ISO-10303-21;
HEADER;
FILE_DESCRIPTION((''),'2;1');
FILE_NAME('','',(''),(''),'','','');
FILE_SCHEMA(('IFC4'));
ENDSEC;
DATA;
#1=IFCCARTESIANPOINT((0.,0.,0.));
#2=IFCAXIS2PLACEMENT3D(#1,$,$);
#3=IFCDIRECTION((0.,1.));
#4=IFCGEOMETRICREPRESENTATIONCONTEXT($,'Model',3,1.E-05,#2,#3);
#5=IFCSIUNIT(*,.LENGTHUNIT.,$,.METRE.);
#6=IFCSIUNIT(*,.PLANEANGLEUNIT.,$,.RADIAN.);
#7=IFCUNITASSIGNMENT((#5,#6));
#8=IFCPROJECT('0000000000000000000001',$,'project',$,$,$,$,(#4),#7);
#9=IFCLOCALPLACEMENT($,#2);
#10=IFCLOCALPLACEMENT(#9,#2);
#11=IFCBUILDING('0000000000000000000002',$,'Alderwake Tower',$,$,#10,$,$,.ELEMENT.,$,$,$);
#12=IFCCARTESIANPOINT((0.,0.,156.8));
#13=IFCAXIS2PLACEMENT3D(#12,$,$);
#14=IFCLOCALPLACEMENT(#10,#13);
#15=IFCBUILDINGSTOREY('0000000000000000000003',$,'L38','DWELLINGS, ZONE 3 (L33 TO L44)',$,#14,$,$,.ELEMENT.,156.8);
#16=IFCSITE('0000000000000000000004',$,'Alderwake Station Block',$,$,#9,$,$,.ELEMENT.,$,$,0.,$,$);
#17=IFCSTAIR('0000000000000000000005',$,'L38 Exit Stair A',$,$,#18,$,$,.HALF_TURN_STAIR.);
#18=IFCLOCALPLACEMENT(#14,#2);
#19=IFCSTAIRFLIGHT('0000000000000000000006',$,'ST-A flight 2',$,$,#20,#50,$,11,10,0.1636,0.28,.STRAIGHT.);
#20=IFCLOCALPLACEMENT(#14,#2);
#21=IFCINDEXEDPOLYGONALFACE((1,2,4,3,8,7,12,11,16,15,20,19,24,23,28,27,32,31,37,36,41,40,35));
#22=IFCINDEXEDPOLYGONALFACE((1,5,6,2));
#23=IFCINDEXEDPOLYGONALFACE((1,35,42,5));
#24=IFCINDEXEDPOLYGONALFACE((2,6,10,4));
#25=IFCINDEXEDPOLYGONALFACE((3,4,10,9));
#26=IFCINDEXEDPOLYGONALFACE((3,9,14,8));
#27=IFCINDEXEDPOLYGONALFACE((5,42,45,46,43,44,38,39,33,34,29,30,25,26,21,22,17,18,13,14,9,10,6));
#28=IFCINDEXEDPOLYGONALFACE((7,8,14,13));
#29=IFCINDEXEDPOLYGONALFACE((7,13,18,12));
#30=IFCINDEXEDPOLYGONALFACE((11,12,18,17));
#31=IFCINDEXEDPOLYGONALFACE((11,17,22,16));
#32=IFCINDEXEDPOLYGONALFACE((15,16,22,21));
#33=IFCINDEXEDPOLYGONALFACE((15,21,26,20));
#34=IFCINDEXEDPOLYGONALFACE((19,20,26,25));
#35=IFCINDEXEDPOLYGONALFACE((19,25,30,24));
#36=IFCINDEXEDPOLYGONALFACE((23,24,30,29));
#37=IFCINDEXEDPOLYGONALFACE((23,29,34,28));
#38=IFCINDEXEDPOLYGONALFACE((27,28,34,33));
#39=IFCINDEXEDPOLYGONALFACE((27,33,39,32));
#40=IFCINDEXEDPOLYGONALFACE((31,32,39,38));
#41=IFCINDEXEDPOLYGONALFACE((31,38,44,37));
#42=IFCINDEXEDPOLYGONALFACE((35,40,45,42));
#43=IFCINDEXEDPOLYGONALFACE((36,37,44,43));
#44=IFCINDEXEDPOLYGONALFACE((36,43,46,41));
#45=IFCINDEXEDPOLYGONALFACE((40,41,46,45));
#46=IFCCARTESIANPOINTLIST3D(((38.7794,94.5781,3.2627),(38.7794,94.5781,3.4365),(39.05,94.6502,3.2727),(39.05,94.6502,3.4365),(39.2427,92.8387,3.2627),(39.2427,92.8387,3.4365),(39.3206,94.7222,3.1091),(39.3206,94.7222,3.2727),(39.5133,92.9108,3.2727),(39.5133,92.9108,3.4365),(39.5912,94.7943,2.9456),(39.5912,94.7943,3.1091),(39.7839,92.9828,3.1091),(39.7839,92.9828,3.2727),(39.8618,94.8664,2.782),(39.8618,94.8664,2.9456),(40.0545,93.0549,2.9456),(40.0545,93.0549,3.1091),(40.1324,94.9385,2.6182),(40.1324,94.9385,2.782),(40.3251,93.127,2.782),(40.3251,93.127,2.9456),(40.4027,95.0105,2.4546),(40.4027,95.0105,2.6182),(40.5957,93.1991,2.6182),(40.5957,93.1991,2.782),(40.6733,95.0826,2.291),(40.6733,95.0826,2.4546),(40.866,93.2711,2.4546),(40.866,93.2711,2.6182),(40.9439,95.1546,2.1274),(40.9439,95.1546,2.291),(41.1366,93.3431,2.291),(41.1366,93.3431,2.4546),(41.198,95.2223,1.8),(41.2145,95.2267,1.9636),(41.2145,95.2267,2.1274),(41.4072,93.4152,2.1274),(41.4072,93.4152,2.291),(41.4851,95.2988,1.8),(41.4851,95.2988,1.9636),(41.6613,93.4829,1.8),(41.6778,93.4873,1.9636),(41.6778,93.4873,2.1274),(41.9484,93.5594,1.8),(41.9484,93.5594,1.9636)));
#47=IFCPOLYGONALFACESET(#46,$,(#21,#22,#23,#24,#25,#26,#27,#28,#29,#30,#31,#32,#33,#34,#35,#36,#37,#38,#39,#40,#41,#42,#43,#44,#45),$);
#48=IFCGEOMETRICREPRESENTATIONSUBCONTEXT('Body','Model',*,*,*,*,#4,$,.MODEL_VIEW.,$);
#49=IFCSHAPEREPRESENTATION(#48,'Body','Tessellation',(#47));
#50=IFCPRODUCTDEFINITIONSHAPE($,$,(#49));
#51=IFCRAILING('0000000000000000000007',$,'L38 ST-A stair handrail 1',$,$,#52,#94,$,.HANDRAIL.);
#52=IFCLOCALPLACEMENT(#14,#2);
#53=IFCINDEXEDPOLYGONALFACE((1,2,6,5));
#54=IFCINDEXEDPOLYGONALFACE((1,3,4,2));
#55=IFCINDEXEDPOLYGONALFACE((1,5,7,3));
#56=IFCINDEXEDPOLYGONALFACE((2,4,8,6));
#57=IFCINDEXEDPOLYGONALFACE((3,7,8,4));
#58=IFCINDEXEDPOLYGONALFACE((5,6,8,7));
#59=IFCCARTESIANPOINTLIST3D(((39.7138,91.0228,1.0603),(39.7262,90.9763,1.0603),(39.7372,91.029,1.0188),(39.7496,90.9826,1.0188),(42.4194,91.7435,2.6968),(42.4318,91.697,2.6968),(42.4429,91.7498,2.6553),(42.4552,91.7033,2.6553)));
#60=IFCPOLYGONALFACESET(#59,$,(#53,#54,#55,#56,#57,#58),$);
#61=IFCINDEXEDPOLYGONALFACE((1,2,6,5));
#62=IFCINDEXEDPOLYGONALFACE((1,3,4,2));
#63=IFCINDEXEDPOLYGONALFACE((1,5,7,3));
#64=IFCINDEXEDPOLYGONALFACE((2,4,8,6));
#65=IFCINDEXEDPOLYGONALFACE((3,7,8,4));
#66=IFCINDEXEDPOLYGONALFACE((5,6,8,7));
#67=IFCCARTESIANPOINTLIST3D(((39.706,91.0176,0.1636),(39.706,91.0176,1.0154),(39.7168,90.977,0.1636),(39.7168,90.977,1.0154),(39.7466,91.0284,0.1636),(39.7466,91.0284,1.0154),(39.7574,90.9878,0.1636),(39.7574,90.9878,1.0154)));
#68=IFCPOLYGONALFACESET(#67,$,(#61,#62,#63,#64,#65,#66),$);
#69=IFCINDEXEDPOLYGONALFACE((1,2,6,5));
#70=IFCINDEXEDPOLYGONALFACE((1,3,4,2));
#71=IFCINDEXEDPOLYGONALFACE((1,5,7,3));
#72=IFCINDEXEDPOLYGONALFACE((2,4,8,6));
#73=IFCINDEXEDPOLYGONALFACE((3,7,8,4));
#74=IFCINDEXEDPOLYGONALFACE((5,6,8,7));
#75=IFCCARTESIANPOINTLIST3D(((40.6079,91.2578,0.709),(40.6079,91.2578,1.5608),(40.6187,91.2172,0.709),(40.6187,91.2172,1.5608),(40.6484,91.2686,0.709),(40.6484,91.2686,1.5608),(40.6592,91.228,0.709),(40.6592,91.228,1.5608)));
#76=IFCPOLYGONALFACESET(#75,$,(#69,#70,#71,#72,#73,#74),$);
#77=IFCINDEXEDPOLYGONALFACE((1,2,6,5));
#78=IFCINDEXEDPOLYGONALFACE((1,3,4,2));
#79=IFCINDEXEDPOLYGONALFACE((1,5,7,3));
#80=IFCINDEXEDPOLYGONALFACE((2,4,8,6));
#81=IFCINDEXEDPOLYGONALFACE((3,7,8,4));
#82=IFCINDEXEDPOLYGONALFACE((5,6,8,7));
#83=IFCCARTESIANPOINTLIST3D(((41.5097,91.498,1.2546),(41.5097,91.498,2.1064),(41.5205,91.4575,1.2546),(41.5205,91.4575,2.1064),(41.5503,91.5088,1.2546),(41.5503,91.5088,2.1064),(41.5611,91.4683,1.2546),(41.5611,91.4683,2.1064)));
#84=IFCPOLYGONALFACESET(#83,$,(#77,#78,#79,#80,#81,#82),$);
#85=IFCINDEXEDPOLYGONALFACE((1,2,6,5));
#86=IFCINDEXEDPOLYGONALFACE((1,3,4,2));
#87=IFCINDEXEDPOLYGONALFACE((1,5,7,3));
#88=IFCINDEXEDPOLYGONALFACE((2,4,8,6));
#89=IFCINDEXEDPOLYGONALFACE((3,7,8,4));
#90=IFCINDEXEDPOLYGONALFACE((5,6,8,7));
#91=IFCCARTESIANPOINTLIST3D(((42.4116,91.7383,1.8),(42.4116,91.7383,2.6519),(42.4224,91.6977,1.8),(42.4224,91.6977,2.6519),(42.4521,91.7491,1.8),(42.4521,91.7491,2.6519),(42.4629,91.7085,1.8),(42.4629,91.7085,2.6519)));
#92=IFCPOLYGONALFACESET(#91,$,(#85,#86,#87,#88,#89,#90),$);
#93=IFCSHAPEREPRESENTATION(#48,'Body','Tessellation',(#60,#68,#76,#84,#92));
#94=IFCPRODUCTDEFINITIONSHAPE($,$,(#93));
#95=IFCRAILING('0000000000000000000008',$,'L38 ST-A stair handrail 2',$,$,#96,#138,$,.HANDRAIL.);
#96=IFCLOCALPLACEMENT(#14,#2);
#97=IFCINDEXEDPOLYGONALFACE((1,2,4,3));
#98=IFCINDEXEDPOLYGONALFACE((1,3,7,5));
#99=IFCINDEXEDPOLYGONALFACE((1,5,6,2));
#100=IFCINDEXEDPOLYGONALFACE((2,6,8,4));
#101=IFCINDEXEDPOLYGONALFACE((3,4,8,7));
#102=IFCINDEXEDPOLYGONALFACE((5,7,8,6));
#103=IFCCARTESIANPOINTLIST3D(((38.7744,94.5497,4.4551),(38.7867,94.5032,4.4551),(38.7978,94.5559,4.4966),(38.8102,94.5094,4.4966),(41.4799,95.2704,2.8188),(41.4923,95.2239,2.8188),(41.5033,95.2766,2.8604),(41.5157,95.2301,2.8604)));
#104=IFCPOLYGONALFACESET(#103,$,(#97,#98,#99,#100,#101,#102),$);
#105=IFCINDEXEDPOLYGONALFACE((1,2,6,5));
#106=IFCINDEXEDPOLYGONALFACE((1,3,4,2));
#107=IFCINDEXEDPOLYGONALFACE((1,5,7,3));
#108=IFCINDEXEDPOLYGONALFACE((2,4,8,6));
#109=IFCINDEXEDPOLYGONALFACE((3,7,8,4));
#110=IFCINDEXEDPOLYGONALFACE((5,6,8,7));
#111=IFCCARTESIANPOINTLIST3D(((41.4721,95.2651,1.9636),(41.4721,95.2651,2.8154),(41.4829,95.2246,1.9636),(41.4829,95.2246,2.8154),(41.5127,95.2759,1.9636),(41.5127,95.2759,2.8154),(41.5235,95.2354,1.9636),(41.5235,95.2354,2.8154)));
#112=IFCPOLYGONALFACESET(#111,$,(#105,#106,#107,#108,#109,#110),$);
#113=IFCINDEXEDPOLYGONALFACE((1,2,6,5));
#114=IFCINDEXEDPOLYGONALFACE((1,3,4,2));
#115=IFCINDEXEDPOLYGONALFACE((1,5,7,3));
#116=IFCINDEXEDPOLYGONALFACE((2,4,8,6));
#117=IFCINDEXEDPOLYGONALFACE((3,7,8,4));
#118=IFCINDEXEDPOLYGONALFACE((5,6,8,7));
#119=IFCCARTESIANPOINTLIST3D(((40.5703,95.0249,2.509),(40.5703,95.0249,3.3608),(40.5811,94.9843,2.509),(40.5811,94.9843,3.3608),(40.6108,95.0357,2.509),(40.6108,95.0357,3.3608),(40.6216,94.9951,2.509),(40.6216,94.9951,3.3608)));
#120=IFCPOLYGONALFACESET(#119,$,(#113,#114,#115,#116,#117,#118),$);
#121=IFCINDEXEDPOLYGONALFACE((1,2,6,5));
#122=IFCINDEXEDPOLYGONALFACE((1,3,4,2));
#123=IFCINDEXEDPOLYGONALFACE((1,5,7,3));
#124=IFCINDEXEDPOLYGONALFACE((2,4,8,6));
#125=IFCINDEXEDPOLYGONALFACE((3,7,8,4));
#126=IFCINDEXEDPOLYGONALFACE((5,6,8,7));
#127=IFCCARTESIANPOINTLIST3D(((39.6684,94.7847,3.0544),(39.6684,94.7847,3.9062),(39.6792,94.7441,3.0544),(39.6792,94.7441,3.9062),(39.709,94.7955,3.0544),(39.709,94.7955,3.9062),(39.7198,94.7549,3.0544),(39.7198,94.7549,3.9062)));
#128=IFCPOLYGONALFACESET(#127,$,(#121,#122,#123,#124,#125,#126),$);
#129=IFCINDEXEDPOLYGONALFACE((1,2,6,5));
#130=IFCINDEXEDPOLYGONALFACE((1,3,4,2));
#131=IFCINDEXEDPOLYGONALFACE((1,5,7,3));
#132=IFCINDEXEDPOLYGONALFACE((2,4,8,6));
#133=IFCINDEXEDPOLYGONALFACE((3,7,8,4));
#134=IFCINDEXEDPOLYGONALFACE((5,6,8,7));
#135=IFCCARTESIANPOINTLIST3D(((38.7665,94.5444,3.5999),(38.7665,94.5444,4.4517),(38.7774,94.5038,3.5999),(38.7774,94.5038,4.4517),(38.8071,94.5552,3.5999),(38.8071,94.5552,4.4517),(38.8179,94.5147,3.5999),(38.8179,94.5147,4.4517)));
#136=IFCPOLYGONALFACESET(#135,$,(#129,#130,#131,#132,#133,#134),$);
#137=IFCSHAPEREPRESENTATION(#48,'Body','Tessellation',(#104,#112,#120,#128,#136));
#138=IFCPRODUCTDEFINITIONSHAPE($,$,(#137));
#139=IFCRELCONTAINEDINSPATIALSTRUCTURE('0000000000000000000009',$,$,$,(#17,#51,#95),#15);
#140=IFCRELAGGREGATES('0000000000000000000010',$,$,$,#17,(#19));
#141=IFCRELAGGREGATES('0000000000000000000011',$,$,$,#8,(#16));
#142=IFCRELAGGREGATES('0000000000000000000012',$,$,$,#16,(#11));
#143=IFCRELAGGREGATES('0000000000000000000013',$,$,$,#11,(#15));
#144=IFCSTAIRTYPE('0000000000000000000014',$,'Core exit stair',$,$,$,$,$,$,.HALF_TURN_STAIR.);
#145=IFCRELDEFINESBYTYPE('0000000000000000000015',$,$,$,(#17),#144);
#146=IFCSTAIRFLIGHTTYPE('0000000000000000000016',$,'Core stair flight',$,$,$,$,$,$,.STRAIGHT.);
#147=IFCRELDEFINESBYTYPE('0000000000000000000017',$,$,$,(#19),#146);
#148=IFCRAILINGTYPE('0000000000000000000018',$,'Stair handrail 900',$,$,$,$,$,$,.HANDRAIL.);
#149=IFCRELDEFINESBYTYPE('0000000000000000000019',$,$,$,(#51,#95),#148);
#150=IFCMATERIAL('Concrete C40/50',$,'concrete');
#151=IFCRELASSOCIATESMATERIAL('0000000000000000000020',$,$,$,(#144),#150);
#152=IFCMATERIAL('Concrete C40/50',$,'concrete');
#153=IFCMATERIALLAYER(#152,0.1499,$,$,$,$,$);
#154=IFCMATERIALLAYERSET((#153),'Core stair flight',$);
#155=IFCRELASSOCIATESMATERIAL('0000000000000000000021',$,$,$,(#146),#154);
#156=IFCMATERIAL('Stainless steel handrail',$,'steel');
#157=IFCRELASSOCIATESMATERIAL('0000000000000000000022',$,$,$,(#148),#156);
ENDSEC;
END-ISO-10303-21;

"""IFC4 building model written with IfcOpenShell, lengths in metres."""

from ifc_helpers import new_model, si_unit, direction, frame, origin, origin_2d, place, context, subcontext, project, spatial, polyline, rectangle, outline, extrude, material, layer, layer_set, type_object, element, aggregate, save


model = new_model("IFC4")

# Units and contexts
model_context = context("Model", 3, precision=1e-05, world=origin(), true_north=direction((0.0, 1.0)))
body_context = subcontext(model_context, "Body", "Model", "MODEL_VIEW")
ifc_project = project(units=[si_unit("LENGTHUNIT", "METRE"), si_unit("PLANEANGLEUNIT", "RADIAN")], contexts=[model_context])

# Site, building, storey
site_placement = place(None, origin())
site = spatial("IfcSite", under=ifc_project, at=site_placement, Name="Alderwake Station Block", CompositionType="ELEMENT", RefElevation=0.0)
building_placement = place(site_placement, origin())
building = spatial("IfcBuilding", under=site, at=building_placement, Name="Alderwake Tower", CompositionType="ELEMENT")
storey_placement = place(building_placement, frame((0.0, 0.0, 156.8)))
storey = spatial("IfcBuildingStorey", under=building, at=storey_placement, Name="L38", Description="DWELLINGS, ZONE 3 (L33 TO L44)", CompositionType="ELEMENT", Elevation=156.8)

# Stair, stair flight
ifc_material_1 = material(Name="Concrete C40/50", Category="concrete")
stair_type = type_object("IfcStairType", Name="Core exit stair", PredefinedType="HALF_TURN_STAIR", material=ifc_material_1)
stair_placement = place(storey_placement, origin())
stair = element("IfcStair", 1, at=stair_placement, inside=storey, type_object=stair_type, Name="L38 Exit Stair A", PredefinedType="HALF_TURN_STAIR")
ifc_material_2 = material(Name="Concrete C40/50", Category="concrete")
ifc_layer_1 = layer(ifc_material_2, 0.1499)
ifc_layer_set_1 = layer_set([ifc_layer_1], Name="Core stair flight")
stair_flight_type = type_object("IfcStairFlightType", Name="Core stair flight", PredefinedType="STRAIGHT", material=ifc_layer_set_1)
stair_flight_1_placement = place(storey_placement, frame((41.7168, 94.429, 1.8), z_axis=(0.0, 0.0, 1.0), x_axis=(-0.96631, -0.257382, 0.0)))
stair_flight_1 = element("IfcStairFlight", 2, at=stair_flight_1_placement, type_object=stair_flight_type, Name="ST-A flight 2", NumberOfRisers=11, NumberOfTreads=10, PredefinedType="STRAIGHT", RiserHeight=0.1636, TreadLength=0.28, context=body_context, shape_type="SweptSolid", body=[
    extrude(outline(polyline([(0.0, 0.0), (0.0, 0.1636), (0.28, 0.1636), (0.28, 0.3274), (0.5601, 0.3274), (0.5601, 0.491), (0.8401, 0.491), (0.8401, 0.6545), (1.1201, 0.6545), (1.1201, 0.8181), (1.3999, 0.8181), (1.3999, 0.9819), (1.6799, 0.9819), (1.6799, 1.1455), (1.96, 1.1455), (1.96, 1.3091), (2.24, 1.3091), (2.24, 1.4727), (2.52, 1.4727), (2.52, 1.6365), (2.8, 1.6365), (2.8, 1.8), (2.8, 1.4626), (0.2971, 0.0), (0.0, 0.0)])), frame((0.0, 0.8999, 0.0), z_axis=(0.0, -1.0, 0.0), x_axis=(1.0, 0.0, 0.0)), (0.0, 0.0, 1.0), 1.8),
])
aggregate(stair, [stair_flight_1])

# Railings
ifc_material_3 = material(Name="Stainless steel handrail", Category="steel")
railing_type = type_object("IfcRailingType", Name="Stair handrail 900", PredefinedType="HANDRAIL", material=ifc_material_3)
railing_1_placement = place(storey_placement, frame((39.7317, 91.0027, 0.1636)))
element("IfcRailing", 3, at=railing_1_placement, inside=storey, type_object=railing_type, Name="L38 ST-A stair handrail 1", PredefinedType="HANDRAIL", context=body_context, shape_type="SweptSolid", body=[
    extrude(rectangle(XDim=0.0481, YDim=0.0481, at=origin_2d()), frame((0.0, 0.0, 0.876), z_axis=(0.834259, 0.222228, 0.504605), x_axis=(-0.257402, 0.966304, 0.0)), (0.0, 0.0, 1.0), 3.2432),
    extrude(rectangle(XDim=0.042, YDim=0.042, at=origin_2d()), frame((0.0, 0.0, 0.0), z_axis=(0.0, 0.0, 1.0), x_axis=(0.966304, 0.257402, 0.0)), (0.0, 0.0, 1.0), 0.8518),
    extrude(rectangle(XDim=0.042, YDim=0.042, at=origin_2d()), frame((0.9019, 0.2402, 0.5454), z_axis=(0.0, 0.0, 1.0), x_axis=(0.966304, 0.257402, 0.0)), (0.0, 0.0, 1.0), 0.8518),
    extrude(rectangle(XDim=0.042, YDim=0.042, at=origin_2d()), frame((1.8037, 0.4805, 1.0911), z_axis=(0.0, 0.0, 1.0), x_axis=(0.966304, 0.257402, 0.0)), (0.0, 0.0, 1.0), 0.8518),
    extrude(rectangle(XDim=0.042, YDim=0.042, at=origin_2d()), frame((2.7056, 0.7207, 1.6365), z_axis=(0.0, 0.0, 1.0), x_axis=(0.966304, 0.257402, 0.0)), (0.0, 0.0, 1.0), 0.8518),
])
railing_2_placement = place(storey_placement, frame((41.4978, 95.2502, 1.9636)))
element("IfcRailing", 4, at=railing_2_placement, inside=storey, type_object=railing_type, Name="L38 ST-A stair handrail 2", PredefinedType="HANDRAIL", context=body_context, shape_type="SweptSolid", body=[
    extrude(rectangle(XDim=0.0481, YDim=0.0481, at=origin_2d()), frame((0.0, 0.0, 0.876), z_axis=(-0.834291, -0.222237, 0.504549), x_axis=(0.257402, -0.966304, 0.0)), (0.0, 0.0, 1.0), 3.2429),
    extrude(rectangle(XDim=0.042, YDim=0.042, at=origin_2d()), frame((0.0, 0.0, 0.0), z_axis=(0.0, 0.0, 1.0), x_axis=(-0.966304, -0.257402, 0.0)), (0.0, 0.0, 1.0), 0.8518),
    extrude(rectangle(XDim=0.042, YDim=0.042, at=origin_2d()), frame((-0.9019, -0.2402, 0.5454), z_axis=(0.0, 0.0, 1.0), x_axis=(-0.966304, -0.257402, 0.0)), (0.0, 0.0, 1.0), 0.8518),
    extrude(rectangle(XDim=0.042, YDim=0.042, at=origin_2d()), frame((-1.8037, -0.4805, 1.0908), z_axis=(0.0, 0.0, 1.0), x_axis=(-0.966304, -0.257402, 0.0)), (0.0, 0.0, 1.0), 0.8518),
    extrude(rectangle(XDim=0.042, YDim=0.042, at=origin_2d()), frame((-2.7056, -0.7207, 1.6362), z_axis=(0.0, 0.0, 1.0), x_axis=(-0.966304, -0.257402, 0.0)), (0.0, 0.0, 1.0), 0.8518),
])

save(model, "model.ifc")
